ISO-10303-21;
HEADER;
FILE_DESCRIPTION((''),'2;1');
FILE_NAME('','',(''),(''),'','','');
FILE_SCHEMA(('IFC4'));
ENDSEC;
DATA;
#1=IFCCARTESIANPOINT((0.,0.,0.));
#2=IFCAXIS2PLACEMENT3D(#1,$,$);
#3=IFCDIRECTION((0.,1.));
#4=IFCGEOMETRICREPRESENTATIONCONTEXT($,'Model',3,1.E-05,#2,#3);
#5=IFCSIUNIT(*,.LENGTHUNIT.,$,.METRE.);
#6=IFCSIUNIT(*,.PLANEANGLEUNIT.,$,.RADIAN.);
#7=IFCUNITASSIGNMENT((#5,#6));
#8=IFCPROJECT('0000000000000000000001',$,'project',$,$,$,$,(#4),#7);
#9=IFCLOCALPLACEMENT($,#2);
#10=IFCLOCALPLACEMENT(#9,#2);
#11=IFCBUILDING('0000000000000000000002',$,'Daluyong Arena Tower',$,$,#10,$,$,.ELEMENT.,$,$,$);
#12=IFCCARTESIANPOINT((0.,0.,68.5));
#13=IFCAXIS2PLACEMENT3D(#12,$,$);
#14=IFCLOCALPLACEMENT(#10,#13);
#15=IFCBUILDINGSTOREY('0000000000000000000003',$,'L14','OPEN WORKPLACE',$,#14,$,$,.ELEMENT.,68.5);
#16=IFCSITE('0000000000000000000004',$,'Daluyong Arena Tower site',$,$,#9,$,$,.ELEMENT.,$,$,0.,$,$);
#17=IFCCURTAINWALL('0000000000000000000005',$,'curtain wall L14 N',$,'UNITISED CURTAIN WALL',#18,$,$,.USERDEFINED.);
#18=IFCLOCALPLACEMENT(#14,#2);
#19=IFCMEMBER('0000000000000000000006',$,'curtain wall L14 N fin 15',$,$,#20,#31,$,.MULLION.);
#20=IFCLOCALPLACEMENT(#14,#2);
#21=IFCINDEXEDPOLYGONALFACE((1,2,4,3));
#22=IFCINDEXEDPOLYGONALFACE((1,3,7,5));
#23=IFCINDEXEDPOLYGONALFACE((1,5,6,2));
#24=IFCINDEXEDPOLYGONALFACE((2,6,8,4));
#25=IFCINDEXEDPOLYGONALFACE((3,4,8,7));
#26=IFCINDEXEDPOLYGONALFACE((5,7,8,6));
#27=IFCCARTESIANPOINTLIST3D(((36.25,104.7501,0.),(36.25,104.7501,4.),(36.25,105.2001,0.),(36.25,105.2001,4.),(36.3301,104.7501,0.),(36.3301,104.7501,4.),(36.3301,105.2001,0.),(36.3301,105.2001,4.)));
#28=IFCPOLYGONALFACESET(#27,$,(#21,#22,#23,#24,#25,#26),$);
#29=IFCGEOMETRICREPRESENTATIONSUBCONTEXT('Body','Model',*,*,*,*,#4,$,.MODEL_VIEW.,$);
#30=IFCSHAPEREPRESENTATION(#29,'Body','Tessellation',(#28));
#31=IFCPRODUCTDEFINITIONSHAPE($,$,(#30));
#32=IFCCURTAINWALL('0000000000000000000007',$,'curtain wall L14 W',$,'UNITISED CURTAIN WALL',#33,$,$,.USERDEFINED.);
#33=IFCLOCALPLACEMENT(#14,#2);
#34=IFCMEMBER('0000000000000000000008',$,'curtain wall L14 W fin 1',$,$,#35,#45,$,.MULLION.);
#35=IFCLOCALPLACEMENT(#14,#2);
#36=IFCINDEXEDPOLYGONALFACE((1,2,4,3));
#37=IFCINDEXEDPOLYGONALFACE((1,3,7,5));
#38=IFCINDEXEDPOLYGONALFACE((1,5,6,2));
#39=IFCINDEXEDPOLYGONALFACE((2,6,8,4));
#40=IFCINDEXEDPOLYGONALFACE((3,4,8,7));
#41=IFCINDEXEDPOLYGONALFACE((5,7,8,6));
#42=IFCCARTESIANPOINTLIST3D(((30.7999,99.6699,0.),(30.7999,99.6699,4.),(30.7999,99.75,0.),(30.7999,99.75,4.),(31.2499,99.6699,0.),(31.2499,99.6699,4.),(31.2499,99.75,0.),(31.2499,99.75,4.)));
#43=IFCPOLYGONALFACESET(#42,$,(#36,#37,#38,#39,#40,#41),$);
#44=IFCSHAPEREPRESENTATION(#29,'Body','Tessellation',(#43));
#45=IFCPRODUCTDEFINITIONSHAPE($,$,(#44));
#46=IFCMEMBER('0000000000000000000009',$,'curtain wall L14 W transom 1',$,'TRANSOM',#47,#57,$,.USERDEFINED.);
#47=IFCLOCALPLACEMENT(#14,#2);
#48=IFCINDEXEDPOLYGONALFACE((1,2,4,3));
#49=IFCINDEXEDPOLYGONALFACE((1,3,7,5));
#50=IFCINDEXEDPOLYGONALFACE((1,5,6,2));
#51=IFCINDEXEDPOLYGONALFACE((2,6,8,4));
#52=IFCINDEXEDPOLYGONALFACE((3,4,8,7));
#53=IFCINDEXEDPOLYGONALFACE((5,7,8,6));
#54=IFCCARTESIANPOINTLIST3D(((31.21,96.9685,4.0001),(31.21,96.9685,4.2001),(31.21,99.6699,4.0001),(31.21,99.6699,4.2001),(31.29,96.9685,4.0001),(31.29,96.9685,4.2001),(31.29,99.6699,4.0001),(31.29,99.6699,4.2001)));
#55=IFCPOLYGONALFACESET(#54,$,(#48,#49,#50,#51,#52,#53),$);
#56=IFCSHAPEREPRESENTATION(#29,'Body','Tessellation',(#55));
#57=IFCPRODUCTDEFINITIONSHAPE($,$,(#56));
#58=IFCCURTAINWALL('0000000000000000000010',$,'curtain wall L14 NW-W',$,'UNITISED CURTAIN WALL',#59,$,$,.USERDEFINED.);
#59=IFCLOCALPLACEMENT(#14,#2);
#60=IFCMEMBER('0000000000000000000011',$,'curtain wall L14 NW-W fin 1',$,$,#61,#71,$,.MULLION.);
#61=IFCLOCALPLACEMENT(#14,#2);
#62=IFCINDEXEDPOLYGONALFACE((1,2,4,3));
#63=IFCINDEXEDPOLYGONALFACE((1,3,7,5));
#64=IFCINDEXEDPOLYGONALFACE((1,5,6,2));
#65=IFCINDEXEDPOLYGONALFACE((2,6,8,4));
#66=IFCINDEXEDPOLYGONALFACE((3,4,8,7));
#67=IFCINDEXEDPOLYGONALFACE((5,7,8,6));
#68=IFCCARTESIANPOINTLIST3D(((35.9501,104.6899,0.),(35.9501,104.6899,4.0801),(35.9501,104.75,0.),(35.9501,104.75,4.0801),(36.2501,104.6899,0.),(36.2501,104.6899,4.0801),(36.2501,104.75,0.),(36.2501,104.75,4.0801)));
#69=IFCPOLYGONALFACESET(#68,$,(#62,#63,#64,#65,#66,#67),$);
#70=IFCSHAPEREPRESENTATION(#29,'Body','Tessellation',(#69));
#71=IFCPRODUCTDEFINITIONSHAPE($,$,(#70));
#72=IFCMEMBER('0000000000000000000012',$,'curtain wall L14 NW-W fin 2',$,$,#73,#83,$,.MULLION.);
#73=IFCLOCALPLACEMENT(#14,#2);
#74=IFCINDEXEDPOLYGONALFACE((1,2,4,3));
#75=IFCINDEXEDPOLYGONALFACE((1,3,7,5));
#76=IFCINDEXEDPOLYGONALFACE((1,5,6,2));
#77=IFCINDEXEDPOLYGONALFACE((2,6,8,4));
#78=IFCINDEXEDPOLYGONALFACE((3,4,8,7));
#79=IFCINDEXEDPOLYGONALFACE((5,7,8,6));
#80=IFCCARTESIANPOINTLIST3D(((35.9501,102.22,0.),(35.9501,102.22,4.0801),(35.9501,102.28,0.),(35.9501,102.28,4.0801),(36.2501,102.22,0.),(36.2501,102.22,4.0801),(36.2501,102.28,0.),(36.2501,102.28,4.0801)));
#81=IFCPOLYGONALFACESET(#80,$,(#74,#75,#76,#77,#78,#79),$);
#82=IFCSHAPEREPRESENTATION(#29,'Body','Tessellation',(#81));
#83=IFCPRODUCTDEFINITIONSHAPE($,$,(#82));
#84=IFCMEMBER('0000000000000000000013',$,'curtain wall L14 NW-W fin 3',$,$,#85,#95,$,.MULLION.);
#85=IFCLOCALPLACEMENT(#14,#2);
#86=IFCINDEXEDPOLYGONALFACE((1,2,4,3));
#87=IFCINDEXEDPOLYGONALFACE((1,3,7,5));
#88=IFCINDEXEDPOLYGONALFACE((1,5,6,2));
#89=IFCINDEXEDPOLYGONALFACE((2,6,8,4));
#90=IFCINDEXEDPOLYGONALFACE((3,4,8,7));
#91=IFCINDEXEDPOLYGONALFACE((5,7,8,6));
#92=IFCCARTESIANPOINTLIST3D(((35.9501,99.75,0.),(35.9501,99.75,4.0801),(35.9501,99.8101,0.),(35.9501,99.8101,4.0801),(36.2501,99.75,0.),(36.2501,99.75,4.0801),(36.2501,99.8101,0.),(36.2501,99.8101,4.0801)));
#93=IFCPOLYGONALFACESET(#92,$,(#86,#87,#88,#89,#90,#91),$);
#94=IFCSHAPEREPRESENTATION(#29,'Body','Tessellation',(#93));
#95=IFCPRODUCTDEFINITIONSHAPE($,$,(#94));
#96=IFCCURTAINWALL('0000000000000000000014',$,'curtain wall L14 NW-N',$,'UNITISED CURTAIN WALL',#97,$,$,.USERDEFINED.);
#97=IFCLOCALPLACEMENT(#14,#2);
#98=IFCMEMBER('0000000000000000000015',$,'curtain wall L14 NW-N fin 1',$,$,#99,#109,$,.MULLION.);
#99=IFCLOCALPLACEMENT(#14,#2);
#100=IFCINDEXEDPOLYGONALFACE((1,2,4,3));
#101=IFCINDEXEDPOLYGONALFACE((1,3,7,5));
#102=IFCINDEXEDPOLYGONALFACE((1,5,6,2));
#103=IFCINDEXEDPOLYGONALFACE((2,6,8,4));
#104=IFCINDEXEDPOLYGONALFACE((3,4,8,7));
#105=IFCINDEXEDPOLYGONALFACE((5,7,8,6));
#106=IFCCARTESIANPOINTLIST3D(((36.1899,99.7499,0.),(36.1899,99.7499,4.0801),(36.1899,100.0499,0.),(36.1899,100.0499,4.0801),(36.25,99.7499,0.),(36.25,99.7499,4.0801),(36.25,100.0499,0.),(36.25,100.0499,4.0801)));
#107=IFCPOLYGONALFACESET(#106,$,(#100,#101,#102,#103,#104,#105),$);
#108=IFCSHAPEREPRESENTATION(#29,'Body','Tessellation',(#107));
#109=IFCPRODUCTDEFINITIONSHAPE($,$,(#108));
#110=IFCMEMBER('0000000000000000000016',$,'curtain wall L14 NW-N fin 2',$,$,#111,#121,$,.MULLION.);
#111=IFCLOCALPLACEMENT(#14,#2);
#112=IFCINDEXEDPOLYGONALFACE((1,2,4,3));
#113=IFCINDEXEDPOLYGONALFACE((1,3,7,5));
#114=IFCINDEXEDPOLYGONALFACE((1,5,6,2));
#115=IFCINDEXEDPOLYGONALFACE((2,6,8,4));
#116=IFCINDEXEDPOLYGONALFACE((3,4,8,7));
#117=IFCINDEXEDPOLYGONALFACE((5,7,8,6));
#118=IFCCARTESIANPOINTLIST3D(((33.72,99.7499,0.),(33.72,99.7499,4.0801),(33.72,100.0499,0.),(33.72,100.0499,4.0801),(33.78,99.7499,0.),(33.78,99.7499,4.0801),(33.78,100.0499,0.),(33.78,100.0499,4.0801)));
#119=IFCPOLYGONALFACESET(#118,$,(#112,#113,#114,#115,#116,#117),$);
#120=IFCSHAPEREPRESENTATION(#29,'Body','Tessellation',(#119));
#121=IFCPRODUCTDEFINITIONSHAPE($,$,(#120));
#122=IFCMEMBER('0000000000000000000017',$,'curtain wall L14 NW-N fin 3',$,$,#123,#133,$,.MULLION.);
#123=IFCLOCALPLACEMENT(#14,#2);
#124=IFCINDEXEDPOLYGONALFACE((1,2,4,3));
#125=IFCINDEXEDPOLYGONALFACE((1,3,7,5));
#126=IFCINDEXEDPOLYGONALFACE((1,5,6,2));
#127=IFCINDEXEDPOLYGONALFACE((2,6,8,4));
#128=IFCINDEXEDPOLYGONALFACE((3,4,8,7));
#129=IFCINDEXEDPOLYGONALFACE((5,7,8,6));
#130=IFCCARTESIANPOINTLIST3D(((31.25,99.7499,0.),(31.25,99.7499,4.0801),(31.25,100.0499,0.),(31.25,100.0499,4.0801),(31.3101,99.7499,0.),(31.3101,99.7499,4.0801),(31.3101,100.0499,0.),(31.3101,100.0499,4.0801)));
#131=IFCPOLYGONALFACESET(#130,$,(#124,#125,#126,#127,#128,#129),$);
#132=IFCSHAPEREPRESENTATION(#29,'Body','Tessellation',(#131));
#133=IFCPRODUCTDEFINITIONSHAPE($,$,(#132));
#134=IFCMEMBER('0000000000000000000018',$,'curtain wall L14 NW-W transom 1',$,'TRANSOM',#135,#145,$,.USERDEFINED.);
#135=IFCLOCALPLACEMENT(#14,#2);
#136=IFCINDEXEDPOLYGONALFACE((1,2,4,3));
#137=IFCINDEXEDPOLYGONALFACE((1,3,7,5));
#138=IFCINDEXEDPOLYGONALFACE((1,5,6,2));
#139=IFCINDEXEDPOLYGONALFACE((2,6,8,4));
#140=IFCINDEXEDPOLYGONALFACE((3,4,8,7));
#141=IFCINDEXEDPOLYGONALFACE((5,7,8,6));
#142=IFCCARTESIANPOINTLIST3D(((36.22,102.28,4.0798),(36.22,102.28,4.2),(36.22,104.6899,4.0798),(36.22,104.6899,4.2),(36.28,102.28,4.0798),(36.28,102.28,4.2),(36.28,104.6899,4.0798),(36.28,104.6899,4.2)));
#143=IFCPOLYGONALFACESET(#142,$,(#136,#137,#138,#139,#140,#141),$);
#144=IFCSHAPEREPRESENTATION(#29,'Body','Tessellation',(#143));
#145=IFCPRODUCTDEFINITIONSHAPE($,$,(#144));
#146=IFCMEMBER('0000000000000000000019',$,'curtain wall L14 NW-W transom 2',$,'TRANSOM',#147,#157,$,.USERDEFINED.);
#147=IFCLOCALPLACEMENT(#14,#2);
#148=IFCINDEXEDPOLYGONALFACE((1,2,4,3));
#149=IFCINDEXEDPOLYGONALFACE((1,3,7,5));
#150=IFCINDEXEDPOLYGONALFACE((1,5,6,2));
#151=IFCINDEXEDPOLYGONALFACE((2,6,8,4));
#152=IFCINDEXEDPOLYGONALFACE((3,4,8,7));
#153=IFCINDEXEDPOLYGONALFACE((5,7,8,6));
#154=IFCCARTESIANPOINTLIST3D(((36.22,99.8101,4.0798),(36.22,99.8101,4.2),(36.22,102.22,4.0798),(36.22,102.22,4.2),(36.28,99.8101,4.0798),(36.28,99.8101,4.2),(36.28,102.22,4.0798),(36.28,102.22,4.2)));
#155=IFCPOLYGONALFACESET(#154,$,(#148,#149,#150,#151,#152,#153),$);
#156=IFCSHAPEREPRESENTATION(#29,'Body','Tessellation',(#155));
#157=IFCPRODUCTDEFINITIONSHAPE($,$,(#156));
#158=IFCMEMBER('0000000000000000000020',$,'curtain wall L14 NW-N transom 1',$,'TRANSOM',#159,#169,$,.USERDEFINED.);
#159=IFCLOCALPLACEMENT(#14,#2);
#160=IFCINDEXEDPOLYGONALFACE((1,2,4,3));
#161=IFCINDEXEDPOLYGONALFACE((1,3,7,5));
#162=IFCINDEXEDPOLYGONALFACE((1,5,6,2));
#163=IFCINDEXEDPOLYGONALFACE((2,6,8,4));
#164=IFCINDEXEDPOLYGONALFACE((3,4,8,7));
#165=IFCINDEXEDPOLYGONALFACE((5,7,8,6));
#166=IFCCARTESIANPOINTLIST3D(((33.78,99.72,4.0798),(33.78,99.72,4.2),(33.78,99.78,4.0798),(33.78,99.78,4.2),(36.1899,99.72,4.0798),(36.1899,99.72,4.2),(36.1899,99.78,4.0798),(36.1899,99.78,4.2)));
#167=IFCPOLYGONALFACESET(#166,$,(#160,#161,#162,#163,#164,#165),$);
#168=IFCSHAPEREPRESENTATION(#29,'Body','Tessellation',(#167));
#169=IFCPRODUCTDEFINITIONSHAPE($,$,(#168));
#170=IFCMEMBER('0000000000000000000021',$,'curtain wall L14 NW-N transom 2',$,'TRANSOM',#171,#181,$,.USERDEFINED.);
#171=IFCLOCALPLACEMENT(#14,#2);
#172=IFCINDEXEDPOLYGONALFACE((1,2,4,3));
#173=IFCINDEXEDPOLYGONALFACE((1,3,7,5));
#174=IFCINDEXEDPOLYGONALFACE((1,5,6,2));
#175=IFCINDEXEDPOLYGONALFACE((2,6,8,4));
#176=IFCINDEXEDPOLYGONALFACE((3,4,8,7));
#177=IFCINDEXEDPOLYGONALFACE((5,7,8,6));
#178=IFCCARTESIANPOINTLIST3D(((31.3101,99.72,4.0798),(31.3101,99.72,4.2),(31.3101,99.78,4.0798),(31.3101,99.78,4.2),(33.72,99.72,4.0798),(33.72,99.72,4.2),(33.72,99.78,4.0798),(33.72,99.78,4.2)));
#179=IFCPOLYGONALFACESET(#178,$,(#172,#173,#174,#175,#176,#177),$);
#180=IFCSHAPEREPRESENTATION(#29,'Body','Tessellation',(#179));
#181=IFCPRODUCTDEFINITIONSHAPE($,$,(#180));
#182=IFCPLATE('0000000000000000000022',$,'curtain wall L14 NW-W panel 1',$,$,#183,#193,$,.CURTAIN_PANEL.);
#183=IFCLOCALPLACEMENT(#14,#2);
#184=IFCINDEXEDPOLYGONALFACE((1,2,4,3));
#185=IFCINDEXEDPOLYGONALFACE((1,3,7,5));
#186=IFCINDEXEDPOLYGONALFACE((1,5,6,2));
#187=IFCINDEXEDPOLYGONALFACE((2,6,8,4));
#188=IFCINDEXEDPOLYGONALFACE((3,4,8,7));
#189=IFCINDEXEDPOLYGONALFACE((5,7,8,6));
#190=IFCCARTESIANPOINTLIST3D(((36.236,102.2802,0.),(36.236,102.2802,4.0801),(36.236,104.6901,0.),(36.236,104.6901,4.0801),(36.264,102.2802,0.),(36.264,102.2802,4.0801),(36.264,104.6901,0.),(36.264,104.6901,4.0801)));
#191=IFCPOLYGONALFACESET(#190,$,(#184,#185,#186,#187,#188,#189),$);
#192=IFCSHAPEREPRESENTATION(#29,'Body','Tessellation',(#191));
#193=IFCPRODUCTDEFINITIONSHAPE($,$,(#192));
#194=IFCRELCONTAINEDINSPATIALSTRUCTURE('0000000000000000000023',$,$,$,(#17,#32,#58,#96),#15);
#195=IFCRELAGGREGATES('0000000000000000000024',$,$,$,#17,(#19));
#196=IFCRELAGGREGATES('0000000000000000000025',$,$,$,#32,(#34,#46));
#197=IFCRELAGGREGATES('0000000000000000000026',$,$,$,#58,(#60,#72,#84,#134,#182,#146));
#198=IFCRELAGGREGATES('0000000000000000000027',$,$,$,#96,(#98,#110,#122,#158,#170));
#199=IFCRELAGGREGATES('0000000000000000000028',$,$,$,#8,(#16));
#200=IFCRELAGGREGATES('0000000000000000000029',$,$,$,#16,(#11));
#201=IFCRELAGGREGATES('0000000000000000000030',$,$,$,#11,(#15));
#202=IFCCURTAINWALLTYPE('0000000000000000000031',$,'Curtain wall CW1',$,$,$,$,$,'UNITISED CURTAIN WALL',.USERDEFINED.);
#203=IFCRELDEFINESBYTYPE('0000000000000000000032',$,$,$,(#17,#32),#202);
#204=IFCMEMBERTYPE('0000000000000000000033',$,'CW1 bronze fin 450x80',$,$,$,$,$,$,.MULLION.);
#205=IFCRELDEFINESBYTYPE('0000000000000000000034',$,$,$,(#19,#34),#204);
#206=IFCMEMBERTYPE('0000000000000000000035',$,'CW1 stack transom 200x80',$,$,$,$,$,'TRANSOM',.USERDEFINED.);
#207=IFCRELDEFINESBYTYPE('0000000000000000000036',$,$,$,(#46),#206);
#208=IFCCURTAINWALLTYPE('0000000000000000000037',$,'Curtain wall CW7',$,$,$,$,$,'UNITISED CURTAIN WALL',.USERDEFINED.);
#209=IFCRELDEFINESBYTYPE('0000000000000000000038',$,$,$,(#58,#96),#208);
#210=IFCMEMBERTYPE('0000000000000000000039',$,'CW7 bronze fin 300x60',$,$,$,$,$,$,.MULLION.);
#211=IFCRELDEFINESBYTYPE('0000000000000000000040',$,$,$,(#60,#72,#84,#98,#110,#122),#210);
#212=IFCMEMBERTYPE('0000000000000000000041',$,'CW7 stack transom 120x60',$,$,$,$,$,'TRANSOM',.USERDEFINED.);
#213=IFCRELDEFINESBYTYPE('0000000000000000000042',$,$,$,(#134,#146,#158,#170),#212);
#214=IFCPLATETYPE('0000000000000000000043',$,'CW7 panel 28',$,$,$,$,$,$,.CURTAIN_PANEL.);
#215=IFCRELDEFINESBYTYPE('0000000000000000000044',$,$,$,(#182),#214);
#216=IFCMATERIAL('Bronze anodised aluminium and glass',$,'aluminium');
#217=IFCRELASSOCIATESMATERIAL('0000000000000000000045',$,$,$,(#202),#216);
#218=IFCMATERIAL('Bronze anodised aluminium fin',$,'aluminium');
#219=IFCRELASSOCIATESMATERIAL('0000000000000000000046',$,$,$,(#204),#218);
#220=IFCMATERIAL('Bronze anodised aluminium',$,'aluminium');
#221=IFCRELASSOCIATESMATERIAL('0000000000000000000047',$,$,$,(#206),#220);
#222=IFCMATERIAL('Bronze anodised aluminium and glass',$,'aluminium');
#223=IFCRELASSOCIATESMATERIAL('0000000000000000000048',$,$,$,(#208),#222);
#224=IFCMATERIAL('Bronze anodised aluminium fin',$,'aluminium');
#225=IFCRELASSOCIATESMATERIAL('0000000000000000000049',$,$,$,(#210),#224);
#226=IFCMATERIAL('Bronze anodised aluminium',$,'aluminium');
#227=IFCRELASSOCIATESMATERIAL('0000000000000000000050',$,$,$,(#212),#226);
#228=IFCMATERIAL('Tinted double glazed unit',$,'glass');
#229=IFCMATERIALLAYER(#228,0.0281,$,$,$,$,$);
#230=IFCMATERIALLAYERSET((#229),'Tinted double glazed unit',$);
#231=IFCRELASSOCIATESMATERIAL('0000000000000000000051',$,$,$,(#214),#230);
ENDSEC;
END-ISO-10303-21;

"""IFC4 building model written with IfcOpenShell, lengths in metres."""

from ifc_helpers import new_model, si_unit, direction, frame, origin, origin_2d, place, context, subcontext, project, spatial, rectangle, extrude, material, layer, layer_set, material_profile, profile_set, type_object, element, aggregate, save


model = new_model("IFC4")

# Units and contexts
model_context = context("Model", 3, precision=1e-05, world=origin(), true_north=direction((0.0, 1.0)))
body_context = subcontext(model_context, "Body", "Model", "MODEL_VIEW")
ifc_project = project(units=[si_unit("LENGTHUNIT", "METRE"), si_unit("PLANEANGLEUNIT", "RADIAN")], contexts=[model_context])

# Site, building, storey
site_placement = place(None, origin())
site = spatial("IfcSite", under=ifc_project, at=site_placement, Name="Daluyong Arena Tower site", CompositionType="ELEMENT", RefElevation=0.0)
building_placement = place(site_placement, origin())
building = spatial("IfcBuilding", under=site, at=building_placement, Name="Daluyong Arena Tower", CompositionType="ELEMENT")
storey_placement = place(building_placement, frame((0.0, 0.0, 68.5)))
storey = spatial("IfcBuildingStorey", under=building, at=storey_placement, Name="L14", Description="OPEN WORKPLACE", CompositionType="ELEMENT", Elevation=68.5)

# Curtain wall, member
ifc_material_1 = material(Name="Bronze anodised aluminium and glass", Category="aluminium")
curtain_wall_type_1 = type_object("IfcCurtainWallType", Name="Curtain wall CW1", ElementType="UNITISED CURTAIN WALL", PredefinedType="USERDEFINED", material=ifc_material_1)
curtain_wall_1_placement = place(storey_placement, origin())
curtain_wall_1 = element("IfcCurtainWall", 1, at=curtain_wall_1_placement, inside=storey, type_object=curtain_wall_type_1, Name="curtain wall L14 N", ObjectType="UNITISED CURTAIN WALL", PredefinedType="USERDEFINED")
ifc_material_2 = material(Name="Bronze anodised aluminium fin", Category="aluminium")
ifc_material_profile_1 = material_profile(ifc_material_2, rectangle(XDim=0.45, YDim=0.0801, at=origin_2d()))
ifc_profile_set_1 = profile_set([ifc_material_profile_1], Name="Bronze anodised aluminium fin")
member_type_1 = type_object("IfcMemberType", Name="CW1 bronze fin 450x80", PredefinedType="MULLION", material=ifc_profile_set_1)
member_1_placement = place(storey_placement, frame((36.29, 104.9751, 0.0), z_axis=(0.0, 0.0, 1.0), x_axis=(0.0, -1.0, 0.0)))
member_1 = element("IfcMember", 2, at=member_1_placement, type_object=member_type_1, Name="curtain wall L14 N fin 15", PredefinedType="MULLION", context=body_context, shape_type="SweptSolid", body=[
    extrude(rectangle(XDim=0.45, YDim=0.0801, at=origin_2d()), origin(), (0.0, 0.0, 1.0), 4.0),
])
aggregate(curtain_wall_1, [member_1])

# Curtain walls, members
curtain_wall_2_placement = place(storey_placement, origin())
curtain_wall_2 = element("IfcCurtainWall", 3, at=curtain_wall_2_placement, inside=storey, type_object=curtain_wall_type_1, Name="curtain wall L14 W", ObjectType="UNITISED CURTAIN WALL", PredefinedType="USERDEFINED")
member_2_placement = place(storey_placement, frame((31.0249, 99.71, 0.0), z_axis=(0.0, 0.0, 1.0), x_axis=(1.0, 0.0, 0.0)))
member_2 = element("IfcMember", 4, at=member_2_placement, type_object=member_type_1, Name="curtain wall L14 W fin 1", PredefinedType="MULLION", context=body_context, shape_type="SweptSolid", body=[
    extrude(rectangle(XDim=0.45, YDim=0.0801, at=origin_2d()), origin(), (0.0, 0.0, 1.0), 4.0),
])
ifc_material_3 = material(Name="Bronze anodised aluminium", Category="aluminium")
ifc_material_profile_2 = material_profile(ifc_material_3, rectangle(XDim=0.0801, YDim=0.2, at=origin_2d()))
ifc_profile_set_2 = profile_set([ifc_material_profile_2], Name="Bronze anodised aluminium")
member_type_2 = type_object("IfcMemberType", Name="CW1 stack transom 200x80", ElementType="TRANSOM", PredefinedType="USERDEFINED", material=ifc_profile_set_2)
member_3_placement = place(storey_placement, frame((31.25, 99.6699, 4.1001), z_axis=(0.0, -1.0, 0.0), x_axis=(1.0, 0.0, 0.0)))
member_3 = element("IfcMember", 5, at=member_3_placement, type_object=member_type_2, Name="curtain wall L14 W transom 1", ObjectType="TRANSOM", PredefinedType="USERDEFINED", context=body_context, shape_type="SweptSolid", body=[
    extrude(rectangle(XDim=0.0801, YDim=0.2, at=origin_2d()), origin(), (0.0, 0.0, 1.0), 2.7014),
])
aggregate(curtain_wall_2, [member_2, member_3])
ifc_material_4 = material(Name="Bronze anodised aluminium and glass", Category="aluminium")
curtain_wall_type_2 = type_object("IfcCurtainWallType", Name="Curtain wall CW7", ElementType="UNITISED CURTAIN WALL", PredefinedType="USERDEFINED", material=ifc_material_4)
curtain_wall_3_placement = place(storey_placement, origin())
curtain_wall_3 = element("IfcCurtainWall", 6, at=curtain_wall_3_placement, inside=storey, type_object=curtain_wall_type_2, Name="curtain wall L14 NW-W", ObjectType="UNITISED CURTAIN WALL", PredefinedType="USERDEFINED")
ifc_material_5 = material(Name="Bronze anodised aluminium fin", Category="aluminium")
ifc_material_profile_3 = material_profile(ifc_material_5, rectangle(XDim=0.3, YDim=0.0601, at=origin_2d()))
ifc_profile_set_3 = profile_set([ifc_material_profile_3], Name="Bronze anodised aluminium fin")
member_type_3 = type_object("IfcMemberType", Name="CW7 bronze fin 300x60", PredefinedType="MULLION", material=ifc_profile_set_3)
member_4_placement = place(storey_placement, frame((36.1001, 104.72, 0.0), z_axis=(0.0, 0.0, 1.0), x_axis=(1.0, 0.0, 0.0)))
member_4 = element("IfcMember", 7, at=member_4_placement, type_object=member_type_3, Name="curtain wall L14 NW-W fin 1", PredefinedType="MULLION", context=body_context, shape_type="SweptSolid", body=[
    extrude(rectangle(XDim=0.3, YDim=0.0601, at=origin_2d()), origin(), (0.0, 0.0, 1.0), 4.0801),
])
member_5_placement = place(storey_placement, frame((36.1001, 102.25, 0.0), z_axis=(0.0, 0.0, 1.0), x_axis=(1.0, 0.0, 0.0)))
member_5 = element("IfcMember", 8, at=member_5_placement, type_object=member_type_3, Name="curtain wall L14 NW-W fin 2", PredefinedType="MULLION", context=body_context, shape_type="SweptSolid", body=[
    extrude(rectangle(XDim=0.3, YDim=0.0601, at=origin_2d()), origin(), (0.0, 0.0, 1.0), 4.0801),
])
member_6_placement = place(storey_placement, frame((36.1001, 99.78, 0.0), z_axis=(0.0, 0.0, 1.0), x_axis=(1.0, 0.0, 0.0)))
member_6 = element("IfcMember", 9, at=member_6_placement, type_object=member_type_3, Name="curtain wall L14 NW-W fin 3", PredefinedType="MULLION", context=body_context, shape_type="SweptSolid", body=[
    extrude(rectangle(XDim=0.3, YDim=0.0601, at=origin_2d()), origin(), (0.0, 0.0, 1.0), 4.0801),
])
curtain_wall_4_placement = place(storey_placement, origin())
curtain_wall_4 = element("IfcCurtainWall", 10, at=curtain_wall_4_placement, inside=storey, type_object=curtain_wall_type_2, Name="curtain wall L14 NW-N", ObjectType="UNITISED CURTAIN WALL", PredefinedType="USERDEFINED")
member_7_placement = place(storey_placement, frame((36.22, 99.8999, 0.0), z_axis=(0.0, 0.0, 1.0), x_axis=(0.0, -1.0, 0.0)))
member_7 = element("IfcMember", 11, at=member_7_placement, type_object=member_type_3, Name="curtain wall L14 NW-N fin 1", PredefinedType="MULLION", context=body_context, shape_type="SweptSolid", body=[
    extrude(rectangle(XDim=0.3, YDim=0.0601, at=origin_2d()), origin(), (0.0, 0.0, 1.0), 4.0801),
])
member_8_placement = place(storey_placement, frame((33.75, 99.8999, 0.0), z_axis=(0.0, 0.0, 1.0), x_axis=(0.0, -1.0, 0.0)))
member_8 = element("IfcMember", 12, at=member_8_placement, type_object=member_type_3, Name="curtain wall L14 NW-N fin 2", PredefinedType="MULLION", context=body_context, shape_type="SweptSolid", body=[
    extrude(rectangle(XDim=0.3, YDim=0.0601, at=origin_2d()), origin(), (0.0, 0.0, 1.0), 4.0801),
])
member_9_placement = place(storey_placement, frame((31.28, 99.8999, 0.0), z_axis=(0.0, 0.0, 1.0), x_axis=(0.0, -1.0, 0.0)))
member_9 = element("IfcMember", 13, at=member_9_placement, type_object=member_type_3, Name="curtain wall L14 NW-N fin 3", PredefinedType="MULLION", context=body_context, shape_type="SweptSolid", body=[
    extrude(rectangle(XDim=0.3, YDim=0.0601, at=origin_2d()), origin(), (0.0, 0.0, 1.0), 4.0801),
])

# Members
ifc_material_6 = material(Name="Bronze anodised aluminium", Category="aluminium")
ifc_material_profile_4 = material_profile(ifc_material_6, rectangle(XDim=0.0601, YDim=0.1201, at=origin_2d()))
ifc_profile_set_4 = profile_set([ifc_material_profile_4], Name="Bronze anodised aluminium")
member_type_4 = type_object("IfcMemberType", Name="CW7 stack transom 120x60", ElementType="TRANSOM", PredefinedType="USERDEFINED", material=ifc_profile_set_4)
member_10_placement = place(storey_placement, frame((36.25, 104.6899, 4.1399), z_axis=(0.0, -1.0, 0.0), x_axis=(1.0, 0.0, 0.0)))
member_10 = element("IfcMember", 14, at=member_10_placement, type_object=member_type_4, Name="curtain wall L14 NW-W transom 1", ObjectType="TRANSOM", PredefinedType="USERDEFINED", context=body_context, shape_type="SweptSolid", body=[
    extrude(rectangle(XDim=0.0601, YDim=0.1201, at=origin_2d()), origin(), (0.0, 0.0, 1.0), 2.4099),
])
member_11_placement = place(storey_placement, frame((36.25, 102.22, 4.1399), z_axis=(0.0, -1.0, 0.0), x_axis=(1.0, 0.0, 0.0)))
member_11 = element("IfcMember", 15, at=member_11_placement, type_object=member_type_4, Name="curtain wall L14 NW-W transom 2", ObjectType="TRANSOM", PredefinedType="USERDEFINED", context=body_context, shape_type="SweptSolid", body=[
    extrude(rectangle(XDim=0.0601, YDim=0.1201, at=origin_2d()), origin(), (0.0, 0.0, 1.0), 2.4099),
])
member_12_placement = place(storey_placement, frame((36.1899, 99.75, 4.1399), z_axis=(-1.0, 0.0, 0.0), x_axis=(0.0, -1.0, 0.0)))
member_12 = element("IfcMember", 16, at=member_12_placement, type_object=member_type_4, Name="curtain wall L14 NW-N transom 1", ObjectType="TRANSOM", PredefinedType="USERDEFINED", context=body_context, shape_type="SweptSolid", body=[
    extrude(rectangle(XDim=0.0601, YDim=0.1201, at=origin_2d()), origin(), (0.0, 0.0, 1.0), 2.4099),
])
member_13_placement = place(storey_placement, frame((33.72, 99.75, 4.1399), z_axis=(-1.0, 0.0, 0.0), x_axis=(0.0, -1.0, 0.0)))
member_13 = element("IfcMember", 17, at=member_13_placement, type_object=member_type_4, Name="curtain wall L14 NW-N transom 2", ObjectType="TRANSOM", PredefinedType="USERDEFINED", context=body_context, shape_type="SweptSolid", body=[
    extrude(rectangle(XDim=0.0601, YDim=0.1201, at=origin_2d()), origin(), (0.0, 0.0, 1.0), 2.4099),
])

# Plate
ifc_material_7 = material(Name="Tinted double glazed unit", Category="glass")
ifc_layer = layer(ifc_material_7, 0.0281)
ifc_layer_set = layer_set([ifc_layer], Name="Tinted double glazed unit")
plate_type = type_object("IfcPlateType", Name="CW7 panel 28", PredefinedType="CURTAIN_PANEL", material=ifc_layer_set)
plate_1_placement = place(storey_placement, frame((36.25, 103.4851, 0.0), z_axis=(0.0, 0.0, 1.0), x_axis=(0.0, -1.0, 0.0)))
plate_1 = element("IfcPlate", 18, at=plate_1_placement, type_object=plate_type, Name="curtain wall L14 NW-W panel 1", PredefinedType="CURTAIN_PANEL", context=body_context, shape_type="SweptSolid", body=[
    extrude(rectangle(XDim=2.4099, YDim=0.0281, at=origin_2d()), origin(), (0.0, 0.0, 1.0), 4.0801),
])
aggregate(curtain_wall_3, [member_4, member_5, member_6, member_10, plate_1, member_11])
aggregate(curtain_wall_4, [member_7, member_8, member_9, member_12, member_13])

save(model, "model.ifc")
